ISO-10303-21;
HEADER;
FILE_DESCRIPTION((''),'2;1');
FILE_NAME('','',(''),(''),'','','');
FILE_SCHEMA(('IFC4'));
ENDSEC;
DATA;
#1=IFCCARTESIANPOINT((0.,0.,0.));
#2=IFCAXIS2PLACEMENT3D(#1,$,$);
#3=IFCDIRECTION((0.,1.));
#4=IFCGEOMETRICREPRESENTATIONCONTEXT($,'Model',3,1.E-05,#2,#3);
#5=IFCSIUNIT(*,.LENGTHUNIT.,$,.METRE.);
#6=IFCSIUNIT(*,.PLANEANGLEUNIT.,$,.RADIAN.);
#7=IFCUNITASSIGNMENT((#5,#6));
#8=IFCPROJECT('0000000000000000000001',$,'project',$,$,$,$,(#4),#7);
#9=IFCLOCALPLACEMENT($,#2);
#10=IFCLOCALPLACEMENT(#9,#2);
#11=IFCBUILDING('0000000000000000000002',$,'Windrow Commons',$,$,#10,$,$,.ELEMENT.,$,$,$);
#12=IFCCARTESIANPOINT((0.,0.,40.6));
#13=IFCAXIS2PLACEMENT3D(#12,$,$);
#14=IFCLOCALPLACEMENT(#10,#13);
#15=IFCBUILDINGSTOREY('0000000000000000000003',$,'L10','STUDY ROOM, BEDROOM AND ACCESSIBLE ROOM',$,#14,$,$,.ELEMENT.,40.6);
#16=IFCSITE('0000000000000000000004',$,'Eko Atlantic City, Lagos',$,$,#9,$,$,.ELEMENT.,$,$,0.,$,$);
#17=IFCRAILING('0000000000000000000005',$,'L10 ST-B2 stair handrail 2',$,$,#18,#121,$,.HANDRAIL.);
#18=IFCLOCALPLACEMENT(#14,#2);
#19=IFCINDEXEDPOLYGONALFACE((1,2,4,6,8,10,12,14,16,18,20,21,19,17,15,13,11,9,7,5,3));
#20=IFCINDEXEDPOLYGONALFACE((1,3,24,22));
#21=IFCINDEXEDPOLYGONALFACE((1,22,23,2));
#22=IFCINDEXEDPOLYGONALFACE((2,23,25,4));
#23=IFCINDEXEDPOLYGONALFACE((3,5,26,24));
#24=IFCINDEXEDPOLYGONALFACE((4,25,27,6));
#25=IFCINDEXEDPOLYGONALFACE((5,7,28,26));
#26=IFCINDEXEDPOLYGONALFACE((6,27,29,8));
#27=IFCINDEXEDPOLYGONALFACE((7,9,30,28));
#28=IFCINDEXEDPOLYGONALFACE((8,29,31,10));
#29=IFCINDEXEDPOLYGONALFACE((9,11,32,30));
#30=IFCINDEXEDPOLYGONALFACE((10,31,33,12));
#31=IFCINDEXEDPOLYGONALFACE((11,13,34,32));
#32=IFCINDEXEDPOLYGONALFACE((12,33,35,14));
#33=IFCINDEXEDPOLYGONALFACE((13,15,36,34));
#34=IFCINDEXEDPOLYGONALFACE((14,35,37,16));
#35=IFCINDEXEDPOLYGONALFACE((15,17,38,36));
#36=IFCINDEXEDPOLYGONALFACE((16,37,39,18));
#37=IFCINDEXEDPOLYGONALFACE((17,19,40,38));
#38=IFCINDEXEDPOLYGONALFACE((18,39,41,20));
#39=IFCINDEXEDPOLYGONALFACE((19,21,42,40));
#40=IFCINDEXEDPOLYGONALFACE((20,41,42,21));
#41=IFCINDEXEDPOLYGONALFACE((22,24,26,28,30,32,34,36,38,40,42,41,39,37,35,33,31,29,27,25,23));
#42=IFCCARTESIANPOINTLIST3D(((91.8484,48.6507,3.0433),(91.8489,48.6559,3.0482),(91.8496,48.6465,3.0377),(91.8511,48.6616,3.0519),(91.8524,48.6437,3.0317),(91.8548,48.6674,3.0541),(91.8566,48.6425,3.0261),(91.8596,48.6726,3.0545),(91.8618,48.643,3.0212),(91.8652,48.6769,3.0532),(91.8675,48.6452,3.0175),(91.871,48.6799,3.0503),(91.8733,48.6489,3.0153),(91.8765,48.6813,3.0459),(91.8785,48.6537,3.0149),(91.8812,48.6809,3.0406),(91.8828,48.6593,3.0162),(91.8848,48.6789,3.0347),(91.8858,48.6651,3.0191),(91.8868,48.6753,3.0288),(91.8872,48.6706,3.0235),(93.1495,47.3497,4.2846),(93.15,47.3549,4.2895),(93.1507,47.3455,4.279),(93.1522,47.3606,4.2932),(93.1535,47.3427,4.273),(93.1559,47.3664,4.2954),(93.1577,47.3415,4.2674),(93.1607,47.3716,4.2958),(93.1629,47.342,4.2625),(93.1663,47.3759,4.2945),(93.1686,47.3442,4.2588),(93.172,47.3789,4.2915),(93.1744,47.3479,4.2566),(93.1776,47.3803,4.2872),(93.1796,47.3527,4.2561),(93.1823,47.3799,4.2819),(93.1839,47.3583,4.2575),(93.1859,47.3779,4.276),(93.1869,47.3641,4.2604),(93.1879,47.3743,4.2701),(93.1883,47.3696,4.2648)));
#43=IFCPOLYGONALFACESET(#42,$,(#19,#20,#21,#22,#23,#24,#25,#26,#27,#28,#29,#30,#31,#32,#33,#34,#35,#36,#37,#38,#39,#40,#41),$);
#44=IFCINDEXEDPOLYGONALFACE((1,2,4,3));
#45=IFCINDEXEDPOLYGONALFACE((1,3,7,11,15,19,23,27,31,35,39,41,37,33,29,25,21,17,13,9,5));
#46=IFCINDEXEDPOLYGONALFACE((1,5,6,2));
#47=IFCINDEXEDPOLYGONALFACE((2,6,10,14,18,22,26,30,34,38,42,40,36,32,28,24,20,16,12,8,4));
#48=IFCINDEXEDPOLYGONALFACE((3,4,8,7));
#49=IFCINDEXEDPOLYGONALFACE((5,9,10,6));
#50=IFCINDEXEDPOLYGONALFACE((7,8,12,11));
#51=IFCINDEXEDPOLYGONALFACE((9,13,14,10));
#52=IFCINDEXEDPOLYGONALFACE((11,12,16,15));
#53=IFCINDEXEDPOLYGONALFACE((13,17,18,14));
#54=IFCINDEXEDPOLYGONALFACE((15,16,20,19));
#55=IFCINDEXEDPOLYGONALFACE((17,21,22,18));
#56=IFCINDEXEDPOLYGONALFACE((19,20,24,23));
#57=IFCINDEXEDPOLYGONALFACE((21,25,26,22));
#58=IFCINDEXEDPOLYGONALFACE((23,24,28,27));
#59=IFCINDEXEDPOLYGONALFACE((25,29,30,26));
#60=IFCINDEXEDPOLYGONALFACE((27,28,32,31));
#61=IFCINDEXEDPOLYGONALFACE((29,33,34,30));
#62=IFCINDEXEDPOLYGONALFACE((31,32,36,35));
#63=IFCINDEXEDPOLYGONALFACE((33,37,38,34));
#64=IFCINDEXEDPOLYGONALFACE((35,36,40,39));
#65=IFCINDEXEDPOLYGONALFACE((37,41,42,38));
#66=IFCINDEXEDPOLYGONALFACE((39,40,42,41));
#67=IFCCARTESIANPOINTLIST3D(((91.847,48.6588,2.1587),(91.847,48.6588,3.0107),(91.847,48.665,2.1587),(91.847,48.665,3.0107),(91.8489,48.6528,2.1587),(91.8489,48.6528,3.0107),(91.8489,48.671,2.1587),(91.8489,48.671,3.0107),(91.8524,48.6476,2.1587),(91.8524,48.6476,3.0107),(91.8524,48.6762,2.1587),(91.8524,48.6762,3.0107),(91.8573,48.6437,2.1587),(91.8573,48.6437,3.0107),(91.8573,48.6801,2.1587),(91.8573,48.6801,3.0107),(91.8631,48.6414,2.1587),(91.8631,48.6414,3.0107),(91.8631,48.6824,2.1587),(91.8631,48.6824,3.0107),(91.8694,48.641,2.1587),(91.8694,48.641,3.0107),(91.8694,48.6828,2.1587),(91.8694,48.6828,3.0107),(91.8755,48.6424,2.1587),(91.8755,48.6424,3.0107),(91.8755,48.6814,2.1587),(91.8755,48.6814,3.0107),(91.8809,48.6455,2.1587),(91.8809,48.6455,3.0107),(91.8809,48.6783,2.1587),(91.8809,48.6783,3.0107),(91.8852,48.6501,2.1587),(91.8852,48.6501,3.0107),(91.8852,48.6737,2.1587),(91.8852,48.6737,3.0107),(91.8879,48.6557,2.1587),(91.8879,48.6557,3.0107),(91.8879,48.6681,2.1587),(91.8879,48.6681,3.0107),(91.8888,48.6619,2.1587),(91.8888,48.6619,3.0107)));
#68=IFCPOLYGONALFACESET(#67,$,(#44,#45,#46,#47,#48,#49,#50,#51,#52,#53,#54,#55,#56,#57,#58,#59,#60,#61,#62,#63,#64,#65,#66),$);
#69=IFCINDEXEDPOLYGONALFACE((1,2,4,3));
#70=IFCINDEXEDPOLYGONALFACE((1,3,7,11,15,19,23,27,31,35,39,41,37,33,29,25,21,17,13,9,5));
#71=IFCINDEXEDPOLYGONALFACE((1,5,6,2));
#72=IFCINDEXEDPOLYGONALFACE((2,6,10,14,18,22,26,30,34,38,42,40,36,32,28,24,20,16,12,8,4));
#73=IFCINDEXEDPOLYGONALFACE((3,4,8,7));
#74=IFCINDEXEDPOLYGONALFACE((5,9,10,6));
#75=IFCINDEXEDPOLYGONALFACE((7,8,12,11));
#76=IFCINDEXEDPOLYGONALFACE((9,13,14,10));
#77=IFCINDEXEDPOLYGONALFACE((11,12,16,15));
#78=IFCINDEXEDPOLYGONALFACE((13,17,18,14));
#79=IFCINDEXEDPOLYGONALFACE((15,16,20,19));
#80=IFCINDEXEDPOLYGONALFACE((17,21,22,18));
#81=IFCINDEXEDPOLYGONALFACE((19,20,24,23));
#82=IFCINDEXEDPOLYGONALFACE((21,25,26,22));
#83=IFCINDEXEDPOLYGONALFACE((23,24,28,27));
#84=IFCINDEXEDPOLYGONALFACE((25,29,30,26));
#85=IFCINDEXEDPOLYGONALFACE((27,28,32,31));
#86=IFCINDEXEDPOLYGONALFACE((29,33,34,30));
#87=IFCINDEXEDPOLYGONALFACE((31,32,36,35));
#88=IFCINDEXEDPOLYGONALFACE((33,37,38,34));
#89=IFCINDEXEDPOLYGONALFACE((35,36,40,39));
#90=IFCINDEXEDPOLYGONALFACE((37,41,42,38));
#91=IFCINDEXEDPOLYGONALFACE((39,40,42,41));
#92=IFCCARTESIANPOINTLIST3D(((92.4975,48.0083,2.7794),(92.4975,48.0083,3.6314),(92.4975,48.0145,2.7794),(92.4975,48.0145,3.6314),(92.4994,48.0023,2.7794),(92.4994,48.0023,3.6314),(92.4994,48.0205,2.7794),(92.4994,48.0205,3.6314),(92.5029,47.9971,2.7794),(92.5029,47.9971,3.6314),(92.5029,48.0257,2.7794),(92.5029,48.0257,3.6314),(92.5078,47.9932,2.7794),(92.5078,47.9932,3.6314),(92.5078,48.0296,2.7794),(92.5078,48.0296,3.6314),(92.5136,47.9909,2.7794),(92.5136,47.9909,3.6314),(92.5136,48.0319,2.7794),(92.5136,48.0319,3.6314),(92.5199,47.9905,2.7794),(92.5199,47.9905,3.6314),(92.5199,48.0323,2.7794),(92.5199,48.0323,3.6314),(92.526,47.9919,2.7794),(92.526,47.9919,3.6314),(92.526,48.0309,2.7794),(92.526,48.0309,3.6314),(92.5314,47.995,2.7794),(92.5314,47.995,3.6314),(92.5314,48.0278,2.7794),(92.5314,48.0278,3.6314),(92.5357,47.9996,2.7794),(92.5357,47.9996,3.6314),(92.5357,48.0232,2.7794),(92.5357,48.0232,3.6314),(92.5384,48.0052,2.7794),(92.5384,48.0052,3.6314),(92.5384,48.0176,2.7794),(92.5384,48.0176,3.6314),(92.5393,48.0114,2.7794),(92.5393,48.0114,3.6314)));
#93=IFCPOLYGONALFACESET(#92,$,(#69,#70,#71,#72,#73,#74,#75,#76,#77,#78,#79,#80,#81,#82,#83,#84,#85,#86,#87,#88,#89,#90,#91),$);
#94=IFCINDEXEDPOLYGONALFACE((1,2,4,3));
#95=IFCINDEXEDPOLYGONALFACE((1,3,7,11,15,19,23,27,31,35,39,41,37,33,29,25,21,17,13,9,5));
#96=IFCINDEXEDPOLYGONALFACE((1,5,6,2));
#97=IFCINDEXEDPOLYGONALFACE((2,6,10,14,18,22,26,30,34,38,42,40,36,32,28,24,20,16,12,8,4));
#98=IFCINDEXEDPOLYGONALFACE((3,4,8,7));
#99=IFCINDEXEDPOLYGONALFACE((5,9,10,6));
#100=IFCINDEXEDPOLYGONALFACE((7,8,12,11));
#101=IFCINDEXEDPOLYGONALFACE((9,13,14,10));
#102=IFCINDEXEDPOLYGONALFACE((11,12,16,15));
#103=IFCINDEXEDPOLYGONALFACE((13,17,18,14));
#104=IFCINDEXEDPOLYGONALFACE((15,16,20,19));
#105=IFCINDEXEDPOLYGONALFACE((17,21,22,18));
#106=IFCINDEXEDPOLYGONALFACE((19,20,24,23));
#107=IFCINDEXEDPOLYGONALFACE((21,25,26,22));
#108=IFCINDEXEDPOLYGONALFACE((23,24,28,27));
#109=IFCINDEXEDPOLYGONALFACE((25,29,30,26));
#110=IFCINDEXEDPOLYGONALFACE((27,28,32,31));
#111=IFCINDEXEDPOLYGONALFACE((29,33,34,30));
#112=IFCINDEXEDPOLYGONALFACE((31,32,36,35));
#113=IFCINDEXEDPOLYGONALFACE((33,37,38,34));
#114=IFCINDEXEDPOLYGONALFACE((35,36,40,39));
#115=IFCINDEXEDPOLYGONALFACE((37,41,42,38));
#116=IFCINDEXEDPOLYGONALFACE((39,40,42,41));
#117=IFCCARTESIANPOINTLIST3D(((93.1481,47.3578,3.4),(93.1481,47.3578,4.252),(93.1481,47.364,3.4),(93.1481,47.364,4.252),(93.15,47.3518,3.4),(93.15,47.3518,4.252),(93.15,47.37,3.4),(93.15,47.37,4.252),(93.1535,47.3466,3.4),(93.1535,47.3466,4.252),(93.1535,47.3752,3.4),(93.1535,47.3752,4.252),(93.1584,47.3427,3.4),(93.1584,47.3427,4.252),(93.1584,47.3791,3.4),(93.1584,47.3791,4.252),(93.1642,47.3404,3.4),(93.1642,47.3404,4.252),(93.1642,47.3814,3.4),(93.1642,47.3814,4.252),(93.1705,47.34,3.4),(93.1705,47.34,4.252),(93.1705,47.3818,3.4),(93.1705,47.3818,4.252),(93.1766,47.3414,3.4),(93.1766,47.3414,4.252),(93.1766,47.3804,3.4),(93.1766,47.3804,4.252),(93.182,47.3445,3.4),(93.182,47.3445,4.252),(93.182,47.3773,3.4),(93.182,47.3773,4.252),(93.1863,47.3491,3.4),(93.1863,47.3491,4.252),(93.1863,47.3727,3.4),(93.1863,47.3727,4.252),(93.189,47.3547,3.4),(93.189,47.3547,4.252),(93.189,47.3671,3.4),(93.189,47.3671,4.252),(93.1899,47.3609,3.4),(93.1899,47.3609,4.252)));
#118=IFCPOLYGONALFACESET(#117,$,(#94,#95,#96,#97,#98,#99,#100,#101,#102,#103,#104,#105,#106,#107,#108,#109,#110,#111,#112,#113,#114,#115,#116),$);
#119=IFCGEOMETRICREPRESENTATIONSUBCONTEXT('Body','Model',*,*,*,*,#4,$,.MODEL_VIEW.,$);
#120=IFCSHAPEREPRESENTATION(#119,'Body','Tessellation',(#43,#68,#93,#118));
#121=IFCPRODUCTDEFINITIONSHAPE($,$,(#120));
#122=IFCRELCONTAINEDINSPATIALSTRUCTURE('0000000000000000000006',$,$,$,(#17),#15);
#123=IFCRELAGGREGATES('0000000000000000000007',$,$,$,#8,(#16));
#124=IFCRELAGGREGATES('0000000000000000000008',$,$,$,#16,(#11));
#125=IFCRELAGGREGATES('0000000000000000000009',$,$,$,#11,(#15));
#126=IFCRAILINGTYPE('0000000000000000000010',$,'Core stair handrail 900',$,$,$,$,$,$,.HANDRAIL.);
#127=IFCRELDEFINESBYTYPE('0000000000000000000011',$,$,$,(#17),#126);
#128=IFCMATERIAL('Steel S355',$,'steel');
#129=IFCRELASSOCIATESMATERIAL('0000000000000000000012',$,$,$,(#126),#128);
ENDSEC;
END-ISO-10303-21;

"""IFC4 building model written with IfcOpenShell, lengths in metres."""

from ifc_helpers import new_model, si_unit, direction, frame, origin, origin_2d, place, context, subcontext, project, spatial, circle, extrude, material, type_object, element, save


model = new_model("IFC4")

# Units and contexts
model_context = context("Model", 3, precision=1e-05, world=origin(), true_north=direction((0.0, 1.0)))
body_context = subcontext(model_context, "Body", "Model", "MODEL_VIEW")
ifc_project = project(units=[si_unit("LENGTHUNIT", "METRE"), si_unit("PLANEANGLEUNIT", "RADIAN")], contexts=[model_context])

# Site, building, storey
site_placement = place(None, origin())
site = spatial("IfcSite", under=ifc_project, at=site_placement, Name="Eko Atlantic City, Lagos", CompositionType="ELEMENT", RefElevation=0.0)
building_placement = place(site_placement, origin())
building = spatial("IfcBuilding", under=site, at=building_placement, Name="Windrow Commons", CompositionType="ELEMENT")
storey_placement = place(building_placement, frame((0.0, 0.0, 40.6)))
storey = spatial("IfcBuildingStorey", under=building, at=storey_placement, Name="L10", Description="STUDY ROOM, BEDROOM AND ACCESSIBLE ROOM", CompositionType="ELEMENT", Elevation=40.6)

# Railing
ifc_material_1 = material(Name="Steel S355", Category="steel")
railing_type_1 = type_object("IfcRailingType", Name="Core stair handrail 900", PredefinedType="HANDRAIL", material=ifc_material_1)
railing_1_placement = place(storey_placement, frame((91.8678, 48.6619, 2.1587)))
element("IfcRailing", 1, at=railing_1_placement, inside=storey, type_object=railing_type_1, Name="L10 ST-B2 stair handrail 2", PredefinedType="HANDRAIL", context=body_context, shape_type="SweptSolid", body=[
    extrude(circle(Radius=0.024, at=origin_2d()), frame((0.0, 0.0, 0.876), z_axis=(0.586207, -0.586162, 0.559264), x_axis=(0.70708, 0.707134, 0.0)), (0.0, 0.0, 1.0), 2.2195),
    extrude(circle(Radius=0.021, at=origin_2d()), origin(), (0.0, 0.0, 1.0), 0.852),
    extrude(circle(Radius=0.021, at=origin_2d()), frame((0.6505, -0.6505, 0.6207)), (0.0, 0.0, 1.0), 0.852),
    extrude(circle(Radius=0.021, at=origin_2d()), frame((1.3011, -1.301, 1.2413)), (0.0, 0.0, 1.0), 0.852),
])

save(model, "model.ifc")
